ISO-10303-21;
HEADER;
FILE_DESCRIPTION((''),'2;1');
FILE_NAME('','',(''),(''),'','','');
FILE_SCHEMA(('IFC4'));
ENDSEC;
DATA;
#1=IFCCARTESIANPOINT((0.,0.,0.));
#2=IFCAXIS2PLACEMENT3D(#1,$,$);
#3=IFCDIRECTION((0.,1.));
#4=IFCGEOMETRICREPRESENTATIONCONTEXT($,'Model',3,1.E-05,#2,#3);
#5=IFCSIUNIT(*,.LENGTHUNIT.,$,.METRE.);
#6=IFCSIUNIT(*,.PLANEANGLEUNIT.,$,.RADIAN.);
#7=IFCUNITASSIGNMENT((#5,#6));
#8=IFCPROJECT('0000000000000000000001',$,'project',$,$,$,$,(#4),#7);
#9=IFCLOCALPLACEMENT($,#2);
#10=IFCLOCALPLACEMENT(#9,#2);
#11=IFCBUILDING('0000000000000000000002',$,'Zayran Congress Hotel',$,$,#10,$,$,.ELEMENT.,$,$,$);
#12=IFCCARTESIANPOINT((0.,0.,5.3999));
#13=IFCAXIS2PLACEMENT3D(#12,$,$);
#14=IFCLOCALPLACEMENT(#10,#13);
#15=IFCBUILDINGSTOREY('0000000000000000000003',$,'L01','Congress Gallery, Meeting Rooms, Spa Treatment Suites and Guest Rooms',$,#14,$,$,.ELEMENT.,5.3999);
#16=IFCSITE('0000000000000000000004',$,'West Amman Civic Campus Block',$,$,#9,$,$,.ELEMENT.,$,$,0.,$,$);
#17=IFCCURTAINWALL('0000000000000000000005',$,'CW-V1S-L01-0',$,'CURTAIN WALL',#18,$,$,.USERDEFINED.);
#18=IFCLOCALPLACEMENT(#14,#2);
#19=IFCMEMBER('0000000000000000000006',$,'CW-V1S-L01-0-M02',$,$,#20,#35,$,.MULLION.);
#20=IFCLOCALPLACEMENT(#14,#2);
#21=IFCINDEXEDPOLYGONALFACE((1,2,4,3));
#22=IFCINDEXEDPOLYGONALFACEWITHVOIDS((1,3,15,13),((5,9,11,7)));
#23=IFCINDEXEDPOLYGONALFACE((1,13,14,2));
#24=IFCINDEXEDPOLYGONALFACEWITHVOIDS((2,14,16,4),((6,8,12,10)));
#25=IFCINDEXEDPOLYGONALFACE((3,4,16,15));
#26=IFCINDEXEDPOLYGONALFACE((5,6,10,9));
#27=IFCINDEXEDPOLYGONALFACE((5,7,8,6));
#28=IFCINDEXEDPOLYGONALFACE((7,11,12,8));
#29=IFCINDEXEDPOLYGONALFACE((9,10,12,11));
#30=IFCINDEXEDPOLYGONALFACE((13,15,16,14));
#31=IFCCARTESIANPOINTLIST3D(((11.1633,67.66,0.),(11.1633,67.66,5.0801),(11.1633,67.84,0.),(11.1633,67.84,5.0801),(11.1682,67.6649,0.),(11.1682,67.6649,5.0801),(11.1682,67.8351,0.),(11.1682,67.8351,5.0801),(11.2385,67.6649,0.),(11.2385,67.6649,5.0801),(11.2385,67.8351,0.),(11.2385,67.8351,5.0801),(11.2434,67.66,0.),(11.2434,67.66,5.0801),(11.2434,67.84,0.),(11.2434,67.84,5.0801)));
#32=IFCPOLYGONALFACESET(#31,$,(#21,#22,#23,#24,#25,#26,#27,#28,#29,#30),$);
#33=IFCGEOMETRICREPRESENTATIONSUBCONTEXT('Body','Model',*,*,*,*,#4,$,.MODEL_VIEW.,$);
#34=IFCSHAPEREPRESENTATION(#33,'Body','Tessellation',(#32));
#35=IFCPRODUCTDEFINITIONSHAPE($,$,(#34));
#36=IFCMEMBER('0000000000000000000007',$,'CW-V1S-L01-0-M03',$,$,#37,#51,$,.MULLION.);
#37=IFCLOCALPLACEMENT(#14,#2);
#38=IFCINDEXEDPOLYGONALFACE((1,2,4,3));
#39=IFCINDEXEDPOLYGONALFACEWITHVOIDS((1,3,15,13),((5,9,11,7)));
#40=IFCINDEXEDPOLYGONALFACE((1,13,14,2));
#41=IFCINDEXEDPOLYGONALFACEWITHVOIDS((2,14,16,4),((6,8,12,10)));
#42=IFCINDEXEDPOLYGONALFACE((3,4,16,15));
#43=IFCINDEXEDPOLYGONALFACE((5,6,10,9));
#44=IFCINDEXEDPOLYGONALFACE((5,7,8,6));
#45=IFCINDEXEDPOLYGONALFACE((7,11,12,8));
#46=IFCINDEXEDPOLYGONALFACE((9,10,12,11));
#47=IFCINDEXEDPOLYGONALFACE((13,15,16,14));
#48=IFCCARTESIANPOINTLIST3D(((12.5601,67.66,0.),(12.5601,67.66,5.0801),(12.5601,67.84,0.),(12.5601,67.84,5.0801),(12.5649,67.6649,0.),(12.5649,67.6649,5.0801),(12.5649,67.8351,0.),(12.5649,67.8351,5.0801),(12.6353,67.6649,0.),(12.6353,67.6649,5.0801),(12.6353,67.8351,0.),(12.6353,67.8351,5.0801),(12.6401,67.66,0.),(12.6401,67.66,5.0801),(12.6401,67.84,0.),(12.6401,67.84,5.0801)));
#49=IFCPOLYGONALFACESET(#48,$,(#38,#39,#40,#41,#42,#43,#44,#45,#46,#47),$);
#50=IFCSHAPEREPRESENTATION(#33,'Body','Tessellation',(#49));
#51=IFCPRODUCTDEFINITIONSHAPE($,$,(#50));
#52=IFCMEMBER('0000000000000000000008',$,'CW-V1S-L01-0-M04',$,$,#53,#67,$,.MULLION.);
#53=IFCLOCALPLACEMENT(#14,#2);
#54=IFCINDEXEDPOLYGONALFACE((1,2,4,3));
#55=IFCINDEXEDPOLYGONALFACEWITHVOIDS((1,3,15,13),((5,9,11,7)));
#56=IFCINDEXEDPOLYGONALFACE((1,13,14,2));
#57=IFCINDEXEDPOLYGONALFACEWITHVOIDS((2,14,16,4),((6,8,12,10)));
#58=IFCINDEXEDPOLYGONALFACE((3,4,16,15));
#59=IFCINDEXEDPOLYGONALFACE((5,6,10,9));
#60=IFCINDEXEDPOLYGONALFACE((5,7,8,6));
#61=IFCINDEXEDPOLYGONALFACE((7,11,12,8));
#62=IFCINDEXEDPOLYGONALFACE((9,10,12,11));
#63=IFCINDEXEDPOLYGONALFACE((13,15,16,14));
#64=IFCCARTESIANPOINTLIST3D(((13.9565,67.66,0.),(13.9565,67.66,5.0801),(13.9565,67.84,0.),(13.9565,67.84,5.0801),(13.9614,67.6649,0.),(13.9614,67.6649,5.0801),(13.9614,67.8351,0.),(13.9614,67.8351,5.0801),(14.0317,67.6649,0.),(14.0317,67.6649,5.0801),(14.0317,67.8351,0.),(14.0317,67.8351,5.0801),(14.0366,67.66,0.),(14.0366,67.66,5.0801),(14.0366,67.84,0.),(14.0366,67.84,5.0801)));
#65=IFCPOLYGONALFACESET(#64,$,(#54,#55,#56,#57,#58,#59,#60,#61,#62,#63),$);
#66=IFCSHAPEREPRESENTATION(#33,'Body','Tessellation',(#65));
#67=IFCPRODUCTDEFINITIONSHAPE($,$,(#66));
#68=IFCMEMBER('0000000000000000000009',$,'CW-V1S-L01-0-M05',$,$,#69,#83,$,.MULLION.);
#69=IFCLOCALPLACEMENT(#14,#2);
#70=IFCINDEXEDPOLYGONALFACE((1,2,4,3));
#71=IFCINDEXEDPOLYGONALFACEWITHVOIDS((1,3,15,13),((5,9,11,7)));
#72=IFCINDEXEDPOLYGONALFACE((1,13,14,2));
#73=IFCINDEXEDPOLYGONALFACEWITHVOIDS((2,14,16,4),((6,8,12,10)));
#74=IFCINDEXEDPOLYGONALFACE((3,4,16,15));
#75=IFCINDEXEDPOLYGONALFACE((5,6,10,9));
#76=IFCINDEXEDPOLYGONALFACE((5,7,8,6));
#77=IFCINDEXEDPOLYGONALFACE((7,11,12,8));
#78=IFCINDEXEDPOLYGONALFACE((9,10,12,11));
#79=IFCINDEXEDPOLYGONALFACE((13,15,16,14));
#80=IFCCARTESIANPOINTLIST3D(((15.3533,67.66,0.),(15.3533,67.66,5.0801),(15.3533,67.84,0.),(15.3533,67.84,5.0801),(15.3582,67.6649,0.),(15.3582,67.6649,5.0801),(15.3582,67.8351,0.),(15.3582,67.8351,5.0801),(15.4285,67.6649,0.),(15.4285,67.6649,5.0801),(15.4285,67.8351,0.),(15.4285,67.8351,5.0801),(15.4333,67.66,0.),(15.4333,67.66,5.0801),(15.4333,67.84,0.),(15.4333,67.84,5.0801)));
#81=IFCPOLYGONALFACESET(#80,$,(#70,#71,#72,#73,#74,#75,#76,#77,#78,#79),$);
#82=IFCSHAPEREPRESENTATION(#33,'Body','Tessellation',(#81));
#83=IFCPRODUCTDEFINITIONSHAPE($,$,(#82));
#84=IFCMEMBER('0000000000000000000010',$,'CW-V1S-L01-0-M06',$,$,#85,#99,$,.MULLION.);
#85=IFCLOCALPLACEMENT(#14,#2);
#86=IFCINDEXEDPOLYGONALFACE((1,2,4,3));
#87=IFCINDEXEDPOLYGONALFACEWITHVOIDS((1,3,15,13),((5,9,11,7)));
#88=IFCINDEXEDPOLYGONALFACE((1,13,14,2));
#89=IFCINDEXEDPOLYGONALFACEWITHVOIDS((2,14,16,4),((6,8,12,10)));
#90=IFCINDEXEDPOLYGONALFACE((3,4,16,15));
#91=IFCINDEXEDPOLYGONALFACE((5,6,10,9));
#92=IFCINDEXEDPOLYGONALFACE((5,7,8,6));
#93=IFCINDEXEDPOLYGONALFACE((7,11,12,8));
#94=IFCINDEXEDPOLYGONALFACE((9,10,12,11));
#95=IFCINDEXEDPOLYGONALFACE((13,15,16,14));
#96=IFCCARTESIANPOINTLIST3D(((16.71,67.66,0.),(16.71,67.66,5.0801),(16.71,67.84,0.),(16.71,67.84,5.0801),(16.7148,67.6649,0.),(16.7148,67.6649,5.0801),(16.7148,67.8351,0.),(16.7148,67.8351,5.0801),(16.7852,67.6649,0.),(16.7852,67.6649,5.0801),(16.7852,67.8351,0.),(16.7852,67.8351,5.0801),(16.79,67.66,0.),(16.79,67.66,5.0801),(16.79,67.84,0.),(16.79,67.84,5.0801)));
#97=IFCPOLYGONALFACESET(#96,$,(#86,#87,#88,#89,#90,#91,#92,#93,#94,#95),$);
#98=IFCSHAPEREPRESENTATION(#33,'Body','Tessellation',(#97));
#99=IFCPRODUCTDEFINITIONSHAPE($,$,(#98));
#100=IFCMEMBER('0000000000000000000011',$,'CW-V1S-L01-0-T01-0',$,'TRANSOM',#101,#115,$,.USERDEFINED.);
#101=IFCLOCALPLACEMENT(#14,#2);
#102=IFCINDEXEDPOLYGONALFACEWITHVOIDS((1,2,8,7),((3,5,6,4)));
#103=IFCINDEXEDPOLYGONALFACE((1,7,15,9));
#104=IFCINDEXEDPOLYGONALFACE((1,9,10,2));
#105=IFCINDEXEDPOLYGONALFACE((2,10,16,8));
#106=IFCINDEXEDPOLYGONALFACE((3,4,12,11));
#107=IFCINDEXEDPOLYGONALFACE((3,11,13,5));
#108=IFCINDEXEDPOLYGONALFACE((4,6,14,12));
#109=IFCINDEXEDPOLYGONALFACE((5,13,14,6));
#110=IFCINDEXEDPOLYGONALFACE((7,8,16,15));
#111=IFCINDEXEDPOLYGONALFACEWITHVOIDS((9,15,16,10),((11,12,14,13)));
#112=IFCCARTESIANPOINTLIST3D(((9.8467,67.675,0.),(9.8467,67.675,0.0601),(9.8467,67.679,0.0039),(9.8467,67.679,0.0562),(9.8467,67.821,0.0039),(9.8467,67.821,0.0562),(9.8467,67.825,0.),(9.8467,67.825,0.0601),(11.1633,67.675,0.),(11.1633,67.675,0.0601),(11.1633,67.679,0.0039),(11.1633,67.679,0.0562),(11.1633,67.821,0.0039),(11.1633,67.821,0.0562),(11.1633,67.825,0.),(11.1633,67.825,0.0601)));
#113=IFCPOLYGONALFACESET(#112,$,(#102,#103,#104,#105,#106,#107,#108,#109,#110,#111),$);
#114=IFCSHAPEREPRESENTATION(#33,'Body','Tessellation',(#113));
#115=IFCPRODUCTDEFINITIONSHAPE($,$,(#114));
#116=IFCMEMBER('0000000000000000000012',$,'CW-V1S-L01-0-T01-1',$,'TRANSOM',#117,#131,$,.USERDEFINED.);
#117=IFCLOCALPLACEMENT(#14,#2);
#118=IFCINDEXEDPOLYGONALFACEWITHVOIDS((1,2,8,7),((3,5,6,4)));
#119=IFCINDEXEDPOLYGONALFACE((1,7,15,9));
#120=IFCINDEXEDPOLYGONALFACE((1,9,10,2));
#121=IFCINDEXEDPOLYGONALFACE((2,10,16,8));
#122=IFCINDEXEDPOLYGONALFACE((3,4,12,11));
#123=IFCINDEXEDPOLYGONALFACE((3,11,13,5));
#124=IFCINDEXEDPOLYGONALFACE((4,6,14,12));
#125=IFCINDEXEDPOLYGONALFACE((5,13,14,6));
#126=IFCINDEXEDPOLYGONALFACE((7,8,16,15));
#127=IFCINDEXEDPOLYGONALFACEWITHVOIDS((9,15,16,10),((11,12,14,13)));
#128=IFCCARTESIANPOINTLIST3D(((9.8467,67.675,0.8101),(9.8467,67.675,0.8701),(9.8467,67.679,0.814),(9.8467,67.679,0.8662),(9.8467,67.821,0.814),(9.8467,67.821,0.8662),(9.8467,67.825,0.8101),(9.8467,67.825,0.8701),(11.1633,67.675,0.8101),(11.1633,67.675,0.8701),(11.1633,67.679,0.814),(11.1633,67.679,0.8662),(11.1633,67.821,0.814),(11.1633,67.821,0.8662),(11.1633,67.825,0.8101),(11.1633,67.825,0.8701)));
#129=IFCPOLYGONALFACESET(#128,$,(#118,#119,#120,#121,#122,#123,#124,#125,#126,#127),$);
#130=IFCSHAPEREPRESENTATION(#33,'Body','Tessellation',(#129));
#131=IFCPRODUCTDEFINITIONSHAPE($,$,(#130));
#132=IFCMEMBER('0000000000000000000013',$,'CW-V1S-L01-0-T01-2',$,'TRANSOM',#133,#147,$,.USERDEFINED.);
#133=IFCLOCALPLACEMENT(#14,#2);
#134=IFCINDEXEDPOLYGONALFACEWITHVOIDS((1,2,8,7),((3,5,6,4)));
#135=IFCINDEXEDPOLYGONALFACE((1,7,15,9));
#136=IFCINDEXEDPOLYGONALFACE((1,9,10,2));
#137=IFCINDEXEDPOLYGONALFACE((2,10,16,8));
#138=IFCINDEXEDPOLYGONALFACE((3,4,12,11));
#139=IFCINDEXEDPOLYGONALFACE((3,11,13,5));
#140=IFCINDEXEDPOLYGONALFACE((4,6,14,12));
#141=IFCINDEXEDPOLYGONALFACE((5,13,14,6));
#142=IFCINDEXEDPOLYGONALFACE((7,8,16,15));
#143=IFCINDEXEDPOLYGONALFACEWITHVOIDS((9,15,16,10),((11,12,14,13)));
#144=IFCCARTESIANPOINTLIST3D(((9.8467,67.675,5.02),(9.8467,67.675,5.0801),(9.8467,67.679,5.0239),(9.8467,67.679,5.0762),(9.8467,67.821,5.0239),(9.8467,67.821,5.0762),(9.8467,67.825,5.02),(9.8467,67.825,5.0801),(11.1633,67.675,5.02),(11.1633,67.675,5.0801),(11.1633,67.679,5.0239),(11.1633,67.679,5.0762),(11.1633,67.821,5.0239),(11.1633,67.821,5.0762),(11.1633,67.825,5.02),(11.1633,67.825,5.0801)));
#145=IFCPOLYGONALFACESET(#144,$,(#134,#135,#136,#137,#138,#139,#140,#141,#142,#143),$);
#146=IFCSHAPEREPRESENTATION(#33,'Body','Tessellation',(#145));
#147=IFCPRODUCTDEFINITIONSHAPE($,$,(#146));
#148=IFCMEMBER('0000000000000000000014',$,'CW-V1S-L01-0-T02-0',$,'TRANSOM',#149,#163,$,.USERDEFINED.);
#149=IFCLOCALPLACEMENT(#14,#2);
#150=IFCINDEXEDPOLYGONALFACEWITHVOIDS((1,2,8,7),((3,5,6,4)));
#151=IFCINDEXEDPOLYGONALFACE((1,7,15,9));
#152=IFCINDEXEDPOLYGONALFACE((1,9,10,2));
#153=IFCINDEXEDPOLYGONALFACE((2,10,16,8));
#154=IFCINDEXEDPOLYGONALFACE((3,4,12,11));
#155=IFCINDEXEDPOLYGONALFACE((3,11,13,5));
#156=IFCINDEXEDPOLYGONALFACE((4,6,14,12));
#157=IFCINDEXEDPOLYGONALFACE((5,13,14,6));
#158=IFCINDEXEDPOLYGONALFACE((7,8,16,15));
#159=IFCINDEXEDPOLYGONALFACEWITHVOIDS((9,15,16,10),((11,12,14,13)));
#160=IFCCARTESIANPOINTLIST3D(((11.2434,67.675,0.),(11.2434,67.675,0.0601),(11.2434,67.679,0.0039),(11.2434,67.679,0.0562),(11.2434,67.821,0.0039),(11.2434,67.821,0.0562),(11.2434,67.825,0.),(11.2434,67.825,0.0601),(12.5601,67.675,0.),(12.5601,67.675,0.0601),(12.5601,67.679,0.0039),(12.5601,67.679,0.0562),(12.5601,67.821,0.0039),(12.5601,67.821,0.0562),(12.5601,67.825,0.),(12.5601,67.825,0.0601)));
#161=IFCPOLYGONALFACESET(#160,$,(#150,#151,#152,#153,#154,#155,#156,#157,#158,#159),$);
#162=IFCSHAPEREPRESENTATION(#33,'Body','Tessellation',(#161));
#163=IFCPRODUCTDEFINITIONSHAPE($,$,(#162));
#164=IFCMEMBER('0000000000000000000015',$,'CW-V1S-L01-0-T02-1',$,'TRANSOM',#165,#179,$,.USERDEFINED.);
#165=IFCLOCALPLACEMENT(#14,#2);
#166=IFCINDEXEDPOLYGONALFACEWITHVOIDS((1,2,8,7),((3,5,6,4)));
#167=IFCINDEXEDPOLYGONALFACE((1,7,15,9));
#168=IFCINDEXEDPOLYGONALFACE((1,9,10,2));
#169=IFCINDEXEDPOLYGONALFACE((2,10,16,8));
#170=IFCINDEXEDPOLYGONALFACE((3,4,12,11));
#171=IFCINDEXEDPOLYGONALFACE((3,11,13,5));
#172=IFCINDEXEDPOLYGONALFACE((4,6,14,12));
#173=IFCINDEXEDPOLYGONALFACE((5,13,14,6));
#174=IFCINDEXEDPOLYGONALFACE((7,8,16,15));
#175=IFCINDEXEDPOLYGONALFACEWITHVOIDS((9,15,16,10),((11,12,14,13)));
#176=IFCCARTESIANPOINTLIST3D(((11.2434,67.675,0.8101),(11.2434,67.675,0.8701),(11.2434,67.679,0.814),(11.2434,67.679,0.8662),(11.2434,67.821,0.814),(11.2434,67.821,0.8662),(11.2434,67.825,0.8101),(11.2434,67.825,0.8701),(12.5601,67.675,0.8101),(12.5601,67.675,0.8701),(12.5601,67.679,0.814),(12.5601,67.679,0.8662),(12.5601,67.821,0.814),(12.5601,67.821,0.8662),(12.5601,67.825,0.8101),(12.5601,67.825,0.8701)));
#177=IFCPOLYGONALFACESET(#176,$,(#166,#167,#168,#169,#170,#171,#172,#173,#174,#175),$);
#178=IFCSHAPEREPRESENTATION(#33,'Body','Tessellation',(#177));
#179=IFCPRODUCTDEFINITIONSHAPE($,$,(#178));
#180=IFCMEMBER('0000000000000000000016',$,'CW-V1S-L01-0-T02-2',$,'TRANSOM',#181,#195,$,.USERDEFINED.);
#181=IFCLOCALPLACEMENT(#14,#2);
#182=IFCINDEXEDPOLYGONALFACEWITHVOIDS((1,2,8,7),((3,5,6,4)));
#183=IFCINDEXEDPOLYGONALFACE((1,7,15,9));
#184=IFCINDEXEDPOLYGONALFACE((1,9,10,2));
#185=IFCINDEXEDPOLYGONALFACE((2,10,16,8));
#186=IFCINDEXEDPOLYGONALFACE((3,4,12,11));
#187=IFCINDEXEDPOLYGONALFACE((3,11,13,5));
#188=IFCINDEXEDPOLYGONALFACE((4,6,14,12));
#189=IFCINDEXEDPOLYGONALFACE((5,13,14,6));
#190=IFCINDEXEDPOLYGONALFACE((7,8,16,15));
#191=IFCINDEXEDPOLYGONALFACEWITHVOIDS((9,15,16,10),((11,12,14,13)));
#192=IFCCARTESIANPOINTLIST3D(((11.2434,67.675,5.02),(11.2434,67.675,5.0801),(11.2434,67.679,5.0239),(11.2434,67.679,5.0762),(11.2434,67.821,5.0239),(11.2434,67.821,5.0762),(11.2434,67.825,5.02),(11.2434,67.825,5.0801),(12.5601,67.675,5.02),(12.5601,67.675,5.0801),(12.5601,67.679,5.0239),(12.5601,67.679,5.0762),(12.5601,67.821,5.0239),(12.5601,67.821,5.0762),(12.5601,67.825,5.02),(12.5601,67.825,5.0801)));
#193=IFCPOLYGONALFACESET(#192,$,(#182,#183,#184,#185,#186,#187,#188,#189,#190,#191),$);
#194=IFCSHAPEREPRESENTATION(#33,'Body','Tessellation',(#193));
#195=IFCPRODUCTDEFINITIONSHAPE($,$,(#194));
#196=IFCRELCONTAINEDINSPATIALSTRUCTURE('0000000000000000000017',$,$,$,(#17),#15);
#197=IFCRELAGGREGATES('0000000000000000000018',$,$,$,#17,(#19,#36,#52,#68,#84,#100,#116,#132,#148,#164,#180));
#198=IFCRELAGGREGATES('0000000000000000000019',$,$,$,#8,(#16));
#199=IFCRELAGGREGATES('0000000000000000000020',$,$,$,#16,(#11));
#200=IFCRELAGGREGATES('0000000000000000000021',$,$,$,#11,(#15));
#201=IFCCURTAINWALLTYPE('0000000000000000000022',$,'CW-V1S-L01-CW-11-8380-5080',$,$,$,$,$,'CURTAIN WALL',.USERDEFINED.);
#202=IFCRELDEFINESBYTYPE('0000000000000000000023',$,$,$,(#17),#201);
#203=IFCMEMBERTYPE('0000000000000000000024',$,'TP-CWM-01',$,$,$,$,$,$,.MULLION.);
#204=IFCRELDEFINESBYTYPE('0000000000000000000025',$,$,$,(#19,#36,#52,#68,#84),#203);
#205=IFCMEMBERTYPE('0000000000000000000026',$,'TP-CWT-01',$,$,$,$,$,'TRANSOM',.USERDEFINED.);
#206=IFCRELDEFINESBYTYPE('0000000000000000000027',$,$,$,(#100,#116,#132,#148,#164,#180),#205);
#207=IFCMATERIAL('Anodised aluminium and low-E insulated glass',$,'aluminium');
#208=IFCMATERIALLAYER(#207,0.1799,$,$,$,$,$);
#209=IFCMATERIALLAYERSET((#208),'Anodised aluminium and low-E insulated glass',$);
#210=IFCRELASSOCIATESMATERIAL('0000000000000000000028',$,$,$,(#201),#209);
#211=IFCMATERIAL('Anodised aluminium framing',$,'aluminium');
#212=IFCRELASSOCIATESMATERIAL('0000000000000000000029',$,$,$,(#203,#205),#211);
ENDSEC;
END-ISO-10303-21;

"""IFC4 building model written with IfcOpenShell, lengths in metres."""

from ifc_helpers import new_model, si_unit, direction, frame, origin, origin_2d, place, context, subcontext, project, spatial, hollow_rectangle, extrude, material, layer, layer_set, material_profile, profile_set, type_object, element, aggregate, save


model = new_model("IFC4")

# Units and contexts
model_context = context("Model", 3, precision=1e-05, world=origin(), true_north=direction((0.0, 1.0)))
body_context = subcontext(model_context, "Body", "Model", "MODEL_VIEW")
ifc_project = project(units=[si_unit("LENGTHUNIT", "METRE"), si_unit("PLANEANGLEUNIT", "RADIAN")], contexts=[model_context])

# Site, building, storey
site_placement = place(None, origin())
site = spatial("IfcSite", under=ifc_project, at=site_placement, Name="West Amman Civic Campus Block", CompositionType="ELEMENT", RefElevation=0.0)
building_placement = place(site_placement, origin())
building = spatial("IfcBuilding", under=site, at=building_placement, Name="Zayran Congress Hotel", CompositionType="ELEMENT")
storey_placement = place(building_placement, frame((0.0, 0.0, 5.3999)))
storey = spatial("IfcBuildingStorey", under=building, at=storey_placement, Name="L01", Description="Congress Gallery, Meeting Rooms, Spa Treatment Suites and Guest Rooms", CompositionType="ELEMENT", Elevation=5.3999)

# Curtain wall, members
ifc_material_1 = material(Name="Anodised aluminium and low-E insulated glass", Category="aluminium")
ifc_layer_1 = layer(ifc_material_1, 0.1799)
ifc_layer_set_1 = layer_set([ifc_layer_1], Name="Anodised aluminium and low-E insulated glass")
curtain_wall_type = type_object("IfcCurtainWallType", Name="CW-V1S-L01-CW-11-8380-5080", ElementType="CURTAIN WALL", PredefinedType="USERDEFINED", material=ifc_layer_set_1)
curtain_wall_placement = place(storey_placement, origin())
curtain_wall = element("IfcCurtainWall", 1, at=curtain_wall_placement, inside=storey, type_object=curtain_wall_type, Name="CW-V1S-L01-0", ObjectType="CURTAIN WALL", PredefinedType="USERDEFINED")
ifc_material_2 = material(Name="Anodised aluminium framing", Category="aluminium")
ifc_material_profile_1 = material_profile(ifc_material_2, hollow_rectangle(XDim=0.0801, YDim=0.1799, WallThickness=0.0049, at=origin_2d()), Name="RHS 180x80x5")
ifc_profile_set_1 = profile_set([ifc_material_profile_1], Name="Anodised aluminium framing")
member_type_1 = type_object("IfcMemberType", Name="TP-CWM-01", PredefinedType="MULLION", material=ifc_profile_set_1)
member_1_placement = place(storey_placement, frame((11.2034, 67.75, 0.0), z_axis=(0.0, 0.0, 1.0), x_axis=(1.0, 0.0, 0.0)))
member_1 = element("IfcMember", 2, at=member_1_placement, type_object=member_type_1, Name="CW-V1S-L01-0-M02", PredefinedType="MULLION", context=body_context, shape_type="SweptSolid", body=[
    extrude(hollow_rectangle(XDim=0.0801, YDim=0.1799, WallThickness=0.0049, at=origin_2d()), origin(), (0.0, 0.0, 1.0), 5.0801),
])
member_2_placement = place(storey_placement, frame((12.6001, 67.75, 0.0), z_axis=(0.0, 0.0, 1.0), x_axis=(1.0, 0.0, 0.0)))
member_2 = element("IfcMember", 3, at=member_2_placement, type_object=member_type_1, Name="CW-V1S-L01-0-M03", PredefinedType="MULLION", context=body_context, shape_type="SweptSolid", body=[
    extrude(hollow_rectangle(XDim=0.0801, YDim=0.1799, WallThickness=0.0049, at=origin_2d()), origin(), (0.0, 0.0, 1.0), 5.0801),
])
member_3_placement = place(storey_placement, frame((13.9966, 67.75, 0.0), z_axis=(0.0, 0.0, 1.0), x_axis=(1.0, 0.0, 0.0)))
member_3 = element("IfcMember", 4, at=member_3_placement, type_object=member_type_1, Name="CW-V1S-L01-0-M04", PredefinedType="MULLION", context=body_context, shape_type="SweptSolid", body=[
    extrude(hollow_rectangle(XDim=0.0801, YDim=0.1799, WallThickness=0.0049, at=origin_2d()), origin(), (0.0, 0.0, 1.0), 5.0801),
])
member_4_placement = place(storey_placement, frame((15.3933, 67.75, 0.0), z_axis=(0.0, 0.0, 1.0), x_axis=(1.0, 0.0, 0.0)))
member_4 = element("IfcMember", 5, at=member_4_placement, type_object=member_type_1, Name="CW-V1S-L01-0-M05", PredefinedType="MULLION", context=body_context, shape_type="SweptSolid", body=[
    extrude(hollow_rectangle(XDim=0.0801, YDim=0.1799, WallThickness=0.0049, at=origin_2d()), origin(), (0.0, 0.0, 1.0), 5.0801),
])
member_5_placement = place(storey_placement, frame((16.75, 67.75, 0.0), z_axis=(0.0, 0.0, 1.0), x_axis=(1.0, 0.0, 0.0)))
member_5 = element("IfcMember", 6, at=member_5_placement, type_object=member_type_1, Name="CW-V1S-L01-0-M06", PredefinedType="MULLION", context=body_context, shape_type="SweptSolid", body=[
    extrude(hollow_rectangle(XDim=0.0801, YDim=0.1799, WallThickness=0.0049, at=origin_2d()), origin(), (0.0, 0.0, 1.0), 5.0801),
])
ifc_material_profile_2 = material_profile(ifc_material_2, hollow_rectangle(XDim=0.0601, YDim=0.1499, WallThickness=0.0039, at=origin_2d()), Name="RHS 150x60x4")
ifc_profile_set_2 = profile_set([ifc_material_profile_2], Name="Anodised aluminium framing")
member_type_2 = type_object("IfcMemberType", Name="TP-CWT-01", ElementType="TRANSOM", PredefinedType="USERDEFINED", material=ifc_profile_set_2)
member_6_placement = place(storey_placement, frame((9.8467, 67.75, 0.03), z_axis=(1.0, 0.0, 0.0), x_axis=(0.0, 0.0, 1.0)))
member_6 = element("IfcMember", 7, at=member_6_placement, type_object=member_type_2, Name="CW-V1S-L01-0-T01-0", ObjectType="TRANSOM", PredefinedType="USERDEFINED", context=body_context, shape_type="SweptSolid", body=[
    extrude(hollow_rectangle(XDim=0.0601, YDim=0.1499, WallThickness=0.0039, at=origin_2d()), origin(), (0.0, 0.0, 1.0), 1.3167),
])
member_7_placement = place(storey_placement, frame((9.8467, 67.75, 0.8401), z_axis=(1.0, 0.0, 0.0), x_axis=(0.0, 0.0, 1.0)))
member_7 = element("IfcMember", 8, at=member_7_placement, type_object=member_type_2, Name="CW-V1S-L01-0-T01-1", ObjectType="TRANSOM", PredefinedType="USERDEFINED", context=body_context, shape_type="SweptSolid", body=[
    extrude(hollow_rectangle(XDim=0.0601, YDim=0.1499, WallThickness=0.0039, at=origin_2d()), origin(), (0.0, 0.0, 1.0), 1.3167),
])
member_8_placement = place(storey_placement, frame((9.8467, 67.75, 5.05), z_axis=(1.0, 0.0, 0.0), x_axis=(0.0, 0.0, 1.0)))
member_8 = element("IfcMember", 9, at=member_8_placement, type_object=member_type_2, Name="CW-V1S-L01-0-T01-2", ObjectType="TRANSOM", PredefinedType="USERDEFINED", context=body_context, shape_type="SweptSolid", body=[
    extrude(hollow_rectangle(XDim=0.0601, YDim=0.1499, WallThickness=0.0039, at=origin_2d()), origin(), (0.0, 0.0, 1.0), 1.3167),
])
member_9_placement = place(storey_placement, frame((11.2434, 67.75, 0.03), z_axis=(1.0, 0.0, 0.0), x_axis=(0.0, 0.0, 1.0)))
member_9 = element("IfcMember", 10, at=member_9_placement, type_object=member_type_2, Name="CW-V1S-L01-0-T02-0", ObjectType="TRANSOM", PredefinedType="USERDEFINED", context=body_context, shape_type="SweptSolid", body=[
    extrude(hollow_rectangle(XDim=0.0601, YDim=0.1499, WallThickness=0.0039, at=origin_2d()), origin(), (0.0, 0.0, 1.0), 1.3167),
])
member_10_placement = place(storey_placement, frame((11.2434, 67.75, 0.8401), z_axis=(1.0, 0.0, 0.0), x_axis=(0.0, 0.0, 1.0)))
member_10 = element("IfcMember", 11, at=member_10_placement, type_object=member_type_2, Name="CW-V1S-L01-0-T02-1", ObjectType="TRANSOM", PredefinedType="USERDEFINED", context=body_context, shape_type="SweptSolid", body=[
    extrude(hollow_rectangle(XDim=0.0601, YDim=0.1499, WallThickness=0.0039, at=origin_2d()), origin(), (0.0, 0.0, 1.0), 1.3167),
])
member_11_placement = place(storey_placement, frame((11.2434, 67.75, 5.05), z_axis=(1.0, 0.0, 0.0), x_axis=(0.0, 0.0, 1.0)))
member_11 = element("IfcMember", 12, at=member_11_placement, type_object=member_type_2, Name="CW-V1S-L01-0-T02-2", ObjectType="TRANSOM", PredefinedType="USERDEFINED", context=body_context, shape_type="SweptSolid", body=[
    extrude(hollow_rectangle(XDim=0.0601, YDim=0.1499, WallThickness=0.0039, at=origin_2d()), origin(), (0.0, 0.0, 1.0), 1.3167),
])
aggregate(curtain_wall, [member_1, member_2, member_3, member_4, member_5, member_6, member_7, member_8, member_9, member_10, member_11])

save(model, "model.ifc")
